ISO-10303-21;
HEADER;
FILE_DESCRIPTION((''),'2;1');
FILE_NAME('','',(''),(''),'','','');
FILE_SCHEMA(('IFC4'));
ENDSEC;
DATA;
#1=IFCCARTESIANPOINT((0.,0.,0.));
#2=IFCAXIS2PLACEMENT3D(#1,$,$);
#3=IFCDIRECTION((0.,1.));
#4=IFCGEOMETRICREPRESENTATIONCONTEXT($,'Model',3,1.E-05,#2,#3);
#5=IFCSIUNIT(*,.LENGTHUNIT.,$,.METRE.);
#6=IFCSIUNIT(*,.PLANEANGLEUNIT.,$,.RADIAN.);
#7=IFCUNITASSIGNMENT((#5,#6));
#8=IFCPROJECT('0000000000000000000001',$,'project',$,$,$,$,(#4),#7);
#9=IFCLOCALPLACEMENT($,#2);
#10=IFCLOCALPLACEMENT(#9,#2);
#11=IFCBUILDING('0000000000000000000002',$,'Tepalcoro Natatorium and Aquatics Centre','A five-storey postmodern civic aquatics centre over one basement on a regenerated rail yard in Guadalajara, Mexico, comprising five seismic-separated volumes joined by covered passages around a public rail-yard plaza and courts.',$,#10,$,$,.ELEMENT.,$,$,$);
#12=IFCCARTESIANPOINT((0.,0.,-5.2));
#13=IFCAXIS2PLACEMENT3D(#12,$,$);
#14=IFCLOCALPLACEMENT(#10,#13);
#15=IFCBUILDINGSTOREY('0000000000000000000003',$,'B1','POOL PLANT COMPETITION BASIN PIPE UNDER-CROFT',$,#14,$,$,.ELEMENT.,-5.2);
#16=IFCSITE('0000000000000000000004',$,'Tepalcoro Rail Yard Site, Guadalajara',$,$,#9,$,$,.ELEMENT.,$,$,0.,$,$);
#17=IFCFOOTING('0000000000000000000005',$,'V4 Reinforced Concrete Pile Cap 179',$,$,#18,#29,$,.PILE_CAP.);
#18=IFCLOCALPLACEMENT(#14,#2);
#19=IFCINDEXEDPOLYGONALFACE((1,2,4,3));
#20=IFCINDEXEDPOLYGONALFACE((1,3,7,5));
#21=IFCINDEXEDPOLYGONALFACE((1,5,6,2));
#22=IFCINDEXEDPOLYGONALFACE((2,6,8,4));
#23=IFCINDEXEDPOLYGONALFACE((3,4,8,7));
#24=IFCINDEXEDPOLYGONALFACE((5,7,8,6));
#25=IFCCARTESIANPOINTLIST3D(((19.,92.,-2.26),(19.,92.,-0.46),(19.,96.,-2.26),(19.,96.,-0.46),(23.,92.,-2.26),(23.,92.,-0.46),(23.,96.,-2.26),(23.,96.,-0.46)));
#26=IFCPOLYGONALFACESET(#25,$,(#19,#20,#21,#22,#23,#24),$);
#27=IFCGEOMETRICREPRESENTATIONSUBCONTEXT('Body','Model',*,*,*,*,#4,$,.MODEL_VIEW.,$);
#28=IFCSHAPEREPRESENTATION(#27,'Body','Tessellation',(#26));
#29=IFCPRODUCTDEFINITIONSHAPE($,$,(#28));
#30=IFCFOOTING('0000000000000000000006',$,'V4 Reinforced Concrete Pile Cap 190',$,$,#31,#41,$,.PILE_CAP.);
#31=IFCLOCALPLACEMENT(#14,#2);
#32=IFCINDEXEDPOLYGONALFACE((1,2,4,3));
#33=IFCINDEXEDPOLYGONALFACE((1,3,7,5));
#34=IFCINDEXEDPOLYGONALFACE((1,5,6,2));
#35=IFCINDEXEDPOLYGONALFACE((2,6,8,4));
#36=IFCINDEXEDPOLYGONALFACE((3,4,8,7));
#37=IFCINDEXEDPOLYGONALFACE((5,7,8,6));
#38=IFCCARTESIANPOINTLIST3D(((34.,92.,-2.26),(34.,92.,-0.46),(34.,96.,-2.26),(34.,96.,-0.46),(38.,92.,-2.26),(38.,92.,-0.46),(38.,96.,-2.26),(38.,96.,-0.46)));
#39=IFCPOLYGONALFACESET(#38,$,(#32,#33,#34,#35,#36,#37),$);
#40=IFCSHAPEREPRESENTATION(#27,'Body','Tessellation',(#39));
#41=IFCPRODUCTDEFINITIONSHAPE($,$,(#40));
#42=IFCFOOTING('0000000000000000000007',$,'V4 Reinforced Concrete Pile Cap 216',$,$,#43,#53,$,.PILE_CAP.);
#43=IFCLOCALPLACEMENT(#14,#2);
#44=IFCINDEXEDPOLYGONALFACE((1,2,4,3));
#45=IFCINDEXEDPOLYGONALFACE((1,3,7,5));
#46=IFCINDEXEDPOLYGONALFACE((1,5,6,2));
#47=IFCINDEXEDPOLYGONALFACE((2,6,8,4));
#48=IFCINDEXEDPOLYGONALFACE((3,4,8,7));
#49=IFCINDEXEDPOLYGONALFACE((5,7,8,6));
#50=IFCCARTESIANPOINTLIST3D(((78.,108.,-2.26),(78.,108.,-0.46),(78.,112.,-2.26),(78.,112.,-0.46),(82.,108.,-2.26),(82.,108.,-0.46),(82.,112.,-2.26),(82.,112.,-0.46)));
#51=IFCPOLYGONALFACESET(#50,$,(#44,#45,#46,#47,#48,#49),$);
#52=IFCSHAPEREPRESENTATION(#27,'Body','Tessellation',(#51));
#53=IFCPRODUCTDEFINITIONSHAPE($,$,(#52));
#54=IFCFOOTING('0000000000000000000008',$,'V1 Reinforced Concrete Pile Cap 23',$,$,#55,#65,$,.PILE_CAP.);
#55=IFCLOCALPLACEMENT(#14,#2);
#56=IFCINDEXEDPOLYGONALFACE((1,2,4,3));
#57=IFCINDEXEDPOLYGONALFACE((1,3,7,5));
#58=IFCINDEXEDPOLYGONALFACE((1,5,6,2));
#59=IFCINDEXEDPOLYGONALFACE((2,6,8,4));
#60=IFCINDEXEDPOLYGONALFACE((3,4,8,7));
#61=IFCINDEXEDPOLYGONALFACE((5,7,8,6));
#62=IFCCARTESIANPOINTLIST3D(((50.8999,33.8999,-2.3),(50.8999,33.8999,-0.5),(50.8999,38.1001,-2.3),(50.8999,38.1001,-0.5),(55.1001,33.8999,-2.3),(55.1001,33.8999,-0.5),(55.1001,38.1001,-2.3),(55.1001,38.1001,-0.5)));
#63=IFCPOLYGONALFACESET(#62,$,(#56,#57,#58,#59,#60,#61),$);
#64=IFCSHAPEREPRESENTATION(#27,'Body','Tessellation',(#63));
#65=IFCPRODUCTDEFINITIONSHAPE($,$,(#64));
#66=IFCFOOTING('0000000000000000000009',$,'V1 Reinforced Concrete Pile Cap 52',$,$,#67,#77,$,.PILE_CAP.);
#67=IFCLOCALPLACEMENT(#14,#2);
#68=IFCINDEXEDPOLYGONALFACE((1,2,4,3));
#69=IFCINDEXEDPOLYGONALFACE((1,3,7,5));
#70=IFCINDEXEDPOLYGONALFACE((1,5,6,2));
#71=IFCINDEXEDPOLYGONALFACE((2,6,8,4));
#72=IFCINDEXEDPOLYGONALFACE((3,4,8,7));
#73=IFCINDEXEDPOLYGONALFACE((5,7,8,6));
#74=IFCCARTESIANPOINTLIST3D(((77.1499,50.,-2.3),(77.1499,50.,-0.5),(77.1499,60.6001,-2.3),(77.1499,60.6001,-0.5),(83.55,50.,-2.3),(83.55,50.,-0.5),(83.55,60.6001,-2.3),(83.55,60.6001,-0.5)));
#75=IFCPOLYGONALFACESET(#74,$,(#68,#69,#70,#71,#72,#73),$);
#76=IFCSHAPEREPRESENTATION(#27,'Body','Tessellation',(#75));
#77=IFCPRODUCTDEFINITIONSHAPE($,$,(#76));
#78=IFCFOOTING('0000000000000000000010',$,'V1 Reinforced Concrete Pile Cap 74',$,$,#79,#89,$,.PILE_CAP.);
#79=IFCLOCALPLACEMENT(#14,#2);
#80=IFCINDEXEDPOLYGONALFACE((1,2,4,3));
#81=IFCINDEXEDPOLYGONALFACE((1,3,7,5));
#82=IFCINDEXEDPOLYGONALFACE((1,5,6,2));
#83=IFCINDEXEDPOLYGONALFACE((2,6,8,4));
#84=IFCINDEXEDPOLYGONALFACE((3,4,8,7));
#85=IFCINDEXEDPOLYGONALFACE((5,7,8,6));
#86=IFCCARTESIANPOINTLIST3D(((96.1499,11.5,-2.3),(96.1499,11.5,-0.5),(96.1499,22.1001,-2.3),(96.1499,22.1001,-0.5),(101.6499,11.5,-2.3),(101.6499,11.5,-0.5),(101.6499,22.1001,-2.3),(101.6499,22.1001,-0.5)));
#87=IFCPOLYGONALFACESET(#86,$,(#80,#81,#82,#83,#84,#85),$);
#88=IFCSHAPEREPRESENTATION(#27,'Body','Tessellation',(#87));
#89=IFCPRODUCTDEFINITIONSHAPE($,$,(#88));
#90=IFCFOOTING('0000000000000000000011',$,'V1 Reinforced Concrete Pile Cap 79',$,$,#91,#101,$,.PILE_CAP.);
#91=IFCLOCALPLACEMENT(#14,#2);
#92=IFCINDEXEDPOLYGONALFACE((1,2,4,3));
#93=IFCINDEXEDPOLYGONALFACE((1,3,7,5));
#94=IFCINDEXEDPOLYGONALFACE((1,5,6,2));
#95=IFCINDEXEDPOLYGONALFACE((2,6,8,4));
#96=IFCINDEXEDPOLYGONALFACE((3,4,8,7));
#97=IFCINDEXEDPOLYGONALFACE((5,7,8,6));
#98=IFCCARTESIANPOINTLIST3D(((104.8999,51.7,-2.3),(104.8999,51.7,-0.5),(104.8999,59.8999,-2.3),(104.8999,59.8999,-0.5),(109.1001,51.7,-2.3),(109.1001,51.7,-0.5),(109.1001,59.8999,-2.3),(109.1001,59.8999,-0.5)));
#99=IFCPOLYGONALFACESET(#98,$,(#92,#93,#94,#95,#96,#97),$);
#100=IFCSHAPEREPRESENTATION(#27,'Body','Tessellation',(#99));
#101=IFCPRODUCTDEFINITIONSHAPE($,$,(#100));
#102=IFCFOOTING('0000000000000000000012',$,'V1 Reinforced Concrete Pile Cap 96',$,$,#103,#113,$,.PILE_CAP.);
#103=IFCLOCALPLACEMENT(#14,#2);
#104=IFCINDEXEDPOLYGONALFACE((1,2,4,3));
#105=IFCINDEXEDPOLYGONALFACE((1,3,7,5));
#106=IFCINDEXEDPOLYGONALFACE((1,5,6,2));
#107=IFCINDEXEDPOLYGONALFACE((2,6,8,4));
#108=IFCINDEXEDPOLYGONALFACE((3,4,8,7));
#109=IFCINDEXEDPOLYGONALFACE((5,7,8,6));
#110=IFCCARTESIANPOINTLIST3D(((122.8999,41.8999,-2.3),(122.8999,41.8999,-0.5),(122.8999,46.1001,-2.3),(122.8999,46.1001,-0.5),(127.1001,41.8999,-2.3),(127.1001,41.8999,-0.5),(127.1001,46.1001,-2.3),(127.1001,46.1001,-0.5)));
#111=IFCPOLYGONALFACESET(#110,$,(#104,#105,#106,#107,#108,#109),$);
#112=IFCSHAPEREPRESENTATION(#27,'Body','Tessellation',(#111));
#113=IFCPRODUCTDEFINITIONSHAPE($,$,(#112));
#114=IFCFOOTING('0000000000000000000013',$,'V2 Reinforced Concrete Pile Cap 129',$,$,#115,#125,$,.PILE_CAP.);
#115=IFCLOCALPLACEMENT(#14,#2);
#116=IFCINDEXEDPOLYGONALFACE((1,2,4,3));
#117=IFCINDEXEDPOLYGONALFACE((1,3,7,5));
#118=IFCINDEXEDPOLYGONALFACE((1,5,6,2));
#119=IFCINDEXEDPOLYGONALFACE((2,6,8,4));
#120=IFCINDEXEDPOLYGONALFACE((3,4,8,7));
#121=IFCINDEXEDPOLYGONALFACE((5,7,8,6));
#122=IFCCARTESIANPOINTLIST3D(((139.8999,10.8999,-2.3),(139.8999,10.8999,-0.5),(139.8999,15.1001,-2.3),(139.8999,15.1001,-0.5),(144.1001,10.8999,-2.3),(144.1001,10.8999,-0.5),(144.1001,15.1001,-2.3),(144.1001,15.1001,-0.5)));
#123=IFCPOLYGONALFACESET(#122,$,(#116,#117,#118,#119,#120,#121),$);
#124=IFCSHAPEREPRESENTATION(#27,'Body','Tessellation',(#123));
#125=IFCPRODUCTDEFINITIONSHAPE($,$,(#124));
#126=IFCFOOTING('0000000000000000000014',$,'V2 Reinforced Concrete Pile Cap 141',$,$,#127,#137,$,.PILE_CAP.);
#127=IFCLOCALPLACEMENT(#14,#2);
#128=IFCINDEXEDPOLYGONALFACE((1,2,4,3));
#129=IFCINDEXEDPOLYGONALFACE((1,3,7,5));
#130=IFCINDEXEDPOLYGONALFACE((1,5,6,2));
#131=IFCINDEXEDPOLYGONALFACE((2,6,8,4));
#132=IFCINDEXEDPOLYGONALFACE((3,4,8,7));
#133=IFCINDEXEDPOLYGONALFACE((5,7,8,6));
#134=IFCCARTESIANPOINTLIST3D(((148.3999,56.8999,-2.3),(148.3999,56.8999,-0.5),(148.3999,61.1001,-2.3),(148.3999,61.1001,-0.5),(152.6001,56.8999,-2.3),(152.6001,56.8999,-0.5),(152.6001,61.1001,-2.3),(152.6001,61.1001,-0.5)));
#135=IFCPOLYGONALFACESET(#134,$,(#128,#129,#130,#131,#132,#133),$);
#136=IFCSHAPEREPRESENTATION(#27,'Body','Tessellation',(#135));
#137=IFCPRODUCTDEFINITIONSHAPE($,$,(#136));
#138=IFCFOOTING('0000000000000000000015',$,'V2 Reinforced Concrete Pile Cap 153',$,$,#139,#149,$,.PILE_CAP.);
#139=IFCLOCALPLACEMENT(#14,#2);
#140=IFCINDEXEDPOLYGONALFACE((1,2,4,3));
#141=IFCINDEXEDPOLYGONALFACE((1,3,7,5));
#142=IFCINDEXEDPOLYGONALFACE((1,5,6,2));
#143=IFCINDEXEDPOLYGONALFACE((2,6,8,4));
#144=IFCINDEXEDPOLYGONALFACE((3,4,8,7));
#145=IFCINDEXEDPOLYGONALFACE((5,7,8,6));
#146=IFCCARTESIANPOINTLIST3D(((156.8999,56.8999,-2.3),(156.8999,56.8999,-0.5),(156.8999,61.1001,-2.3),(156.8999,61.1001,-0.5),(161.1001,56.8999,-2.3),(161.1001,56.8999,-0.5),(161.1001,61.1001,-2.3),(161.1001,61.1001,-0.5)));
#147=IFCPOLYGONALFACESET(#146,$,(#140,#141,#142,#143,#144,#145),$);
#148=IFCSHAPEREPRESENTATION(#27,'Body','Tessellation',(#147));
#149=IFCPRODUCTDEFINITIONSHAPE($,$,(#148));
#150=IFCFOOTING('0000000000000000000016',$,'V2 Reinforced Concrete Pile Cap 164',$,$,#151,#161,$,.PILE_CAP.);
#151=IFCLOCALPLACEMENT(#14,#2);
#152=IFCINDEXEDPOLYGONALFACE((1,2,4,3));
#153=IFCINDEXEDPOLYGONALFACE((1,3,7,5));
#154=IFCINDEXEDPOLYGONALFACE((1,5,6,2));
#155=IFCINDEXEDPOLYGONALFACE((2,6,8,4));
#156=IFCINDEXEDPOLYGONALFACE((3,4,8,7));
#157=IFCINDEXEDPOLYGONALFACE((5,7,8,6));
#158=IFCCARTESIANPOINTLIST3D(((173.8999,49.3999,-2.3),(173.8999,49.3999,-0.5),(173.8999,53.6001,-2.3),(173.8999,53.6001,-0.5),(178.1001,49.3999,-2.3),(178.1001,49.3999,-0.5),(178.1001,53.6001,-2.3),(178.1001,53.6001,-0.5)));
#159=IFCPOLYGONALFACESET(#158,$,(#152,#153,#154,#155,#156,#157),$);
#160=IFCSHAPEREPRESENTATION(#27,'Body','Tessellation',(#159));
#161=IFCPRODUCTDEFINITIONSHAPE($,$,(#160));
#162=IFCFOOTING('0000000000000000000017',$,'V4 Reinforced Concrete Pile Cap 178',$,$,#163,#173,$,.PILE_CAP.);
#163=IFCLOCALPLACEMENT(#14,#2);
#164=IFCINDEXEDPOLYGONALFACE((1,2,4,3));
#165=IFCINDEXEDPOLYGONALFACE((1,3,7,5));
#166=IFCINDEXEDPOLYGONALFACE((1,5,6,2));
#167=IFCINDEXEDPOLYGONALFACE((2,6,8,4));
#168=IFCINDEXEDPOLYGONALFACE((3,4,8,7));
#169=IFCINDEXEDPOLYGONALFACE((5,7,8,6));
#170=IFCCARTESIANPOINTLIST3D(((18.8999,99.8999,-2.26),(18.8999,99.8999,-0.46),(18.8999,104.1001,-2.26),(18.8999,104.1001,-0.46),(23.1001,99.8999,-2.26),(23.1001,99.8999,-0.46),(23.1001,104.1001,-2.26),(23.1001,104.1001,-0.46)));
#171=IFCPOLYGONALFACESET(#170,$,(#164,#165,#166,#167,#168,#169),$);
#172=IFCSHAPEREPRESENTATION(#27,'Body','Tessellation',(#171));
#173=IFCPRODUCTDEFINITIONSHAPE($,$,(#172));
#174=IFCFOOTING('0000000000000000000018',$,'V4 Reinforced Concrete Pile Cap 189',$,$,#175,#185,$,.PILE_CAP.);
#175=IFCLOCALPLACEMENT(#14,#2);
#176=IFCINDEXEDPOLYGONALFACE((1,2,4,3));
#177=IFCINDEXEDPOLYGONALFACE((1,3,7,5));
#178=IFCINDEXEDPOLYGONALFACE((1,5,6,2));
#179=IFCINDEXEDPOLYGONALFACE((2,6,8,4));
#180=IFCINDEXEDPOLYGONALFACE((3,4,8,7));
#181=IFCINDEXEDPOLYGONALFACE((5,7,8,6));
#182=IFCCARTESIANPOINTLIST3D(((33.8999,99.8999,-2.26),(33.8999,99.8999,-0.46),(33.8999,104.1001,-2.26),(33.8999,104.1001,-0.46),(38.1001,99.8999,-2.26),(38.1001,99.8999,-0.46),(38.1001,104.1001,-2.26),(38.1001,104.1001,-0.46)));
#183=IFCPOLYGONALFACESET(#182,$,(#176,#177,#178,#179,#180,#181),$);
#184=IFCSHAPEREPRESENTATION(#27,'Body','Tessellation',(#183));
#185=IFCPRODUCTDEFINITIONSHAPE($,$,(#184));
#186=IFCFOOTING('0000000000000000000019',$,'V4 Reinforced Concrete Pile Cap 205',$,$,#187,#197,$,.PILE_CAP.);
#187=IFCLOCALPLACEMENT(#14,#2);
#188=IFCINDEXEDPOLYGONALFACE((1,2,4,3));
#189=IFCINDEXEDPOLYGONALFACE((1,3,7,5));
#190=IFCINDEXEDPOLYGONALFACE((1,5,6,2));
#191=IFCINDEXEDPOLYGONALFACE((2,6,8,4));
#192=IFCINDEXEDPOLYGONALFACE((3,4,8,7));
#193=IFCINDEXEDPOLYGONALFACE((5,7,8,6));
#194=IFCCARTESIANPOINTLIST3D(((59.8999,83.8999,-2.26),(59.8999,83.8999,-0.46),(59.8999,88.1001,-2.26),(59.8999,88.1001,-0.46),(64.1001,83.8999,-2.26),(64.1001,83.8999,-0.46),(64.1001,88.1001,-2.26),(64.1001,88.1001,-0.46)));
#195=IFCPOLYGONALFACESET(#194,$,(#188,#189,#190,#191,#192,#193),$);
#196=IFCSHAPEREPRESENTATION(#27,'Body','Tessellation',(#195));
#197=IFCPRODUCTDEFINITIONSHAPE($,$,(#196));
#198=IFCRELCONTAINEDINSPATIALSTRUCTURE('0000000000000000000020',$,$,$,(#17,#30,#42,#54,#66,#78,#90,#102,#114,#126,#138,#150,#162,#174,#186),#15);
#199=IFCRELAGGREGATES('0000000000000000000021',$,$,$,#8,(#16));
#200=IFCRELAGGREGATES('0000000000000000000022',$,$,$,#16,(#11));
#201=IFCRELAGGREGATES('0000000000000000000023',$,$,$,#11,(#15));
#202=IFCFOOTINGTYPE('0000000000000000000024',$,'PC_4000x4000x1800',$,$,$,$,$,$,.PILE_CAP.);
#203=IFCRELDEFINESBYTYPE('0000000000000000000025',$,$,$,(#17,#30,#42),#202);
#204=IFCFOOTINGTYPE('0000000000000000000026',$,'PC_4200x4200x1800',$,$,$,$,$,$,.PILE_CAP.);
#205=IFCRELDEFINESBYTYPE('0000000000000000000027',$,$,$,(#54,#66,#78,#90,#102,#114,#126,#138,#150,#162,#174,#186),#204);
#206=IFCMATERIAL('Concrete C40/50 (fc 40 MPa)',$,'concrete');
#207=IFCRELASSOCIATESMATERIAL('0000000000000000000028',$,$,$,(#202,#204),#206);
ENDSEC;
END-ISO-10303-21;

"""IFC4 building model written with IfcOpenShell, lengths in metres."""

from ifc_helpers import new_model, si_unit, direction, frame, origin, place, context, subcontext, project, spatial, polyline, outline, extrude, material, type_object, element, save


model = new_model("IFC4")

# Units and contexts
model_context = context("Model", 3, precision=1e-05, world=origin(), true_north=direction((0.0, 1.0)))
body_context = subcontext(model_context, "Body", "Model", "MODEL_VIEW")
ifc_project = project(units=[si_unit("LENGTHUNIT", "METRE"), si_unit("PLANEANGLEUNIT", "RADIAN")], contexts=[model_context])

# Site, building, storey
site_placement = place(None, origin())
site = spatial("IfcSite", under=ifc_project, at=site_placement, Name="Tepalcoro Rail Yard Site, Guadalajara", CompositionType="ELEMENT", RefElevation=0.0)
building_placement = place(site_placement, origin())
building = spatial("IfcBuilding", under=site, at=building_placement, Name="Tepalcoro Natatorium and Aquatics Centre", Description="A five-storey postmodern civic aquatics centre over one basement on a regenerated rail yard in Guadalajara, Mexico, comprising five seismic-separated volumes joined by covered passages around a public rail-yard plaza and courts.", CompositionType="ELEMENT")
storey_placement = place(building_placement, frame((0.0, 0.0, -5.2)))
storey = spatial("IfcBuildingStorey", under=building, at=storey_placement, Name="B1", Description="POOL PLANT COMPETITION BASIN PIPE UNDER-CROFT", CompositionType="ELEMENT", Elevation=-5.2)

# Footings
ifc_material = material(Name="Concrete C40/50 (fc 40 MPa)", Category="concrete")
footing_type_1 = type_object("IfcFootingType", Name="PC_4000x4000x1800", PredefinedType="PILE_CAP", material=ifc_material)
footing_1_placement = place(storey_placement, frame((0.0, 0.0, -2.26)))
element("IfcFooting", 1, at=footing_1_placement, inside=storey, type_object=footing_type_1, Name="V4 Reinforced Concrete Pile Cap 179", PredefinedType="PILE_CAP", context=body_context, shape_type="SweptSolid", body=[
    extrude(outline(polyline([(19.0, 92.0), (23.0, 92.0), (23.0, 96.0), (19.0, 96.0), (19.0, 92.0)])), origin(), (0.0, 0.0, 1.0), 1.8),
])
footing_2_placement = place(storey_placement, frame((0.0, 0.0, -2.26)))
element("IfcFooting", 2, at=footing_2_placement, inside=storey, type_object=footing_type_1, Name="V4 Reinforced Concrete Pile Cap 190", PredefinedType="PILE_CAP", context=body_context, shape_type="SweptSolid", body=[
    extrude(outline(polyline([(34.0, 92.0), (38.0, 92.0), (38.0, 96.0), (34.0, 96.0), (34.0, 92.0)])), origin(), (0.0, 0.0, 1.0), 1.8),
])
footing_3_placement = place(storey_placement, frame((0.0, 0.0, -2.26)))
element("IfcFooting", 3, at=footing_3_placement, inside=storey, type_object=footing_type_1, Name="V4 Reinforced Concrete Pile Cap 216", PredefinedType="PILE_CAP", context=body_context, shape_type="SweptSolid", body=[
    extrude(outline(polyline([(78.0, 108.0), (82.0, 108.0), (82.0, 112.0), (78.0, 112.0), (78.0, 108.0)])), origin(), (0.0, 0.0, 1.0), 1.8),
])
footing_type_2 = type_object("IfcFootingType", Name="PC_4200x4200x1800", PredefinedType="PILE_CAP", material=ifc_material)
footing_4_placement = place(storey_placement, frame((0.0, 0.0, -2.3)))
element("IfcFooting", 4, at=footing_4_placement, inside=storey, type_object=footing_type_2, Name="V1 Reinforced Concrete Pile Cap 23", PredefinedType="PILE_CAP", context=body_context, shape_type="SweptSolid", body=[
    extrude(outline(polyline([(50.8999, 33.8999), (55.1001, 33.8999), (55.1001, 38.1001), (50.8999, 38.1001), (50.8999, 33.8999)])), origin(), (0.0, 0.0, 1.0), 1.8),
])
footing_5_placement = place(storey_placement, frame((0.0, 0.0, -2.3)))
element("IfcFooting", 5, at=footing_5_placement, inside=storey, type_object=footing_type_2, Name="V1 Reinforced Concrete Pile Cap 52", PredefinedType="PILE_CAP", context=body_context, shape_type="SweptSolid", body=[
    extrude(outline(polyline([(77.1499, 50.0), (83.55, 50.0), (83.55, 60.6001), (77.1499, 60.6001), (77.1499, 50.0)])), origin(), (0.0, 0.0, 1.0), 1.8),
])
footing_6_placement = place(storey_placement, frame((0.0, 0.0, -2.3)))
element("IfcFooting", 6, at=footing_6_placement, inside=storey, type_object=footing_type_2, Name="V1 Reinforced Concrete Pile Cap 74", PredefinedType="PILE_CAP", context=body_context, shape_type="SweptSolid", body=[
    extrude(outline(polyline([(96.1499, 11.5), (101.6499, 11.5), (101.6499, 22.1001), (96.1499, 22.1001), (96.1499, 11.5)])), origin(), (0.0, 0.0, 1.0), 1.8),
])
footing_7_placement = place(storey_placement, frame((0.0, 0.0, -2.3)))
element("IfcFooting", 7, at=footing_7_placement, inside=storey, type_object=footing_type_2, Name="V1 Reinforced Concrete Pile Cap 79", PredefinedType="PILE_CAP", context=body_context, shape_type="SweptSolid", body=[
    extrude(outline(polyline([(104.8999, 51.7), (109.1001, 51.7), (109.1001, 59.8999), (104.8999, 59.8999), (104.8999, 51.7)])), origin(), (0.0, 0.0, 1.0), 1.8),
])
footing_8_placement = place(storey_placement, frame((0.0, 0.0, -2.3)))
element("IfcFooting", 8, at=footing_8_placement, inside=storey, type_object=footing_type_2, Name="V1 Reinforced Concrete Pile Cap 96", PredefinedType="PILE_CAP", context=body_context, shape_type="SweptSolid", body=[
    extrude(outline(polyline([(122.8999, 41.8999), (127.1001, 41.8999), (127.1001, 46.1001), (122.8999, 46.1001), (122.8999, 41.8999)])), origin(), (0.0, 0.0, 1.0), 1.8),
])
footing_9_placement = place(storey_placement, frame((0.0, 0.0, -2.3)))
element("IfcFooting", 9, at=footing_9_placement, inside=storey, type_object=footing_type_2, Name="V2 Reinforced Concrete Pile Cap 129", PredefinedType="PILE_CAP", context=body_context, shape_type="SweptSolid", body=[
    extrude(outline(polyline([(139.8999, 10.8999), (144.1001, 10.8999), (144.1001, 15.1001), (139.8999, 15.1001), (139.8999, 10.8999)])), origin(), (0.0, 0.0, 1.0), 1.8),
])
footing_10_placement = place(storey_placement, frame((0.0, 0.0, -2.3)))
element("IfcFooting", 10, at=footing_10_placement, inside=storey, type_object=footing_type_2, Name="V2 Reinforced Concrete Pile Cap 141", PredefinedType="PILE_CAP", context=body_context, shape_type="SweptSolid", body=[
    extrude(outline(polyline([(148.3999, 56.8999), (152.6001, 56.8999), (152.6001, 61.1001), (148.3999, 61.1001), (148.3999, 56.8999)])), origin(), (0.0, 0.0, 1.0), 1.8),
])
footing_11_placement = place(storey_placement, frame((0.0, 0.0, -2.3)))
element("IfcFooting", 11, at=footing_11_placement, inside=storey, type_object=footing_type_2, Name="V2 Reinforced Concrete Pile Cap 153", PredefinedType="PILE_CAP", context=body_context, shape_type="SweptSolid", body=[
    extrude(outline(polyline([(156.8999, 56.8999), (161.1001, 56.8999), (161.1001, 61.1001), (156.8999, 61.1001), (156.8999, 56.8999)])), origin(), (0.0, 0.0, 1.0), 1.8),
])
footing_12_placement = place(storey_placement, frame((0.0, 0.0, -2.3)))
element("IfcFooting", 12, at=footing_12_placement, inside=storey, type_object=footing_type_2, Name="V2 Reinforced Concrete Pile Cap 164", PredefinedType="PILE_CAP", context=body_context, shape_type="SweptSolid", body=[
    extrude(outline(polyline([(173.8999, 49.3999), (178.1001, 49.3999), (178.1001, 53.6001), (173.8999, 53.6001), (173.8999, 49.3999)])), origin(), (0.0, 0.0, 1.0), 1.8),
])
footing_13_placement = place(storey_placement, frame((0.0, 0.0, -2.26)))
element("IfcFooting", 13, at=footing_13_placement, inside=storey, type_object=footing_type_2, Name="V4 Reinforced Concrete Pile Cap 178", PredefinedType="PILE_CAP", context=body_context, shape_type="SweptSolid", body=[
    extrude(outline(polyline([(18.8999, 99.8999), (23.1001, 99.8999), (23.1001, 104.1001), (18.8999, 104.1001), (18.8999, 99.8999)])), origin(), (0.0, 0.0, 1.0), 1.8),
])
footing_14_placement = place(storey_placement, frame((0.0, 0.0, -2.26)))
element("IfcFooting", 14, at=footing_14_placement, inside=storey, type_object=footing_type_2, Name="V4 Reinforced Concrete Pile Cap 189", PredefinedType="PILE_CAP", context=body_context, shape_type="SweptSolid", body=[
    extrude(outline(polyline([(33.8999, 99.8999), (38.1001, 99.8999), (38.1001, 104.1001), (33.8999, 104.1001), (33.8999, 99.8999)])), origin(), (0.0, 0.0, 1.0), 1.8),
])
footing_15_placement = place(storey_placement, frame((0.0, 0.0, -2.26)))
element("IfcFooting", 15, at=footing_15_placement, inside=storey, type_object=footing_type_2, Name="V4 Reinforced Concrete Pile Cap 205", PredefinedType="PILE_CAP", context=body_context, shape_type="SweptSolid", body=[
    extrude(outline(polyline([(59.8999, 83.8999), (64.1001, 83.8999), (64.1001, 88.1001), (59.8999, 88.1001), (59.8999, 83.8999)])), origin(), (0.0, 0.0, 1.0), 1.8),
])

save(model, "model.ifc")
